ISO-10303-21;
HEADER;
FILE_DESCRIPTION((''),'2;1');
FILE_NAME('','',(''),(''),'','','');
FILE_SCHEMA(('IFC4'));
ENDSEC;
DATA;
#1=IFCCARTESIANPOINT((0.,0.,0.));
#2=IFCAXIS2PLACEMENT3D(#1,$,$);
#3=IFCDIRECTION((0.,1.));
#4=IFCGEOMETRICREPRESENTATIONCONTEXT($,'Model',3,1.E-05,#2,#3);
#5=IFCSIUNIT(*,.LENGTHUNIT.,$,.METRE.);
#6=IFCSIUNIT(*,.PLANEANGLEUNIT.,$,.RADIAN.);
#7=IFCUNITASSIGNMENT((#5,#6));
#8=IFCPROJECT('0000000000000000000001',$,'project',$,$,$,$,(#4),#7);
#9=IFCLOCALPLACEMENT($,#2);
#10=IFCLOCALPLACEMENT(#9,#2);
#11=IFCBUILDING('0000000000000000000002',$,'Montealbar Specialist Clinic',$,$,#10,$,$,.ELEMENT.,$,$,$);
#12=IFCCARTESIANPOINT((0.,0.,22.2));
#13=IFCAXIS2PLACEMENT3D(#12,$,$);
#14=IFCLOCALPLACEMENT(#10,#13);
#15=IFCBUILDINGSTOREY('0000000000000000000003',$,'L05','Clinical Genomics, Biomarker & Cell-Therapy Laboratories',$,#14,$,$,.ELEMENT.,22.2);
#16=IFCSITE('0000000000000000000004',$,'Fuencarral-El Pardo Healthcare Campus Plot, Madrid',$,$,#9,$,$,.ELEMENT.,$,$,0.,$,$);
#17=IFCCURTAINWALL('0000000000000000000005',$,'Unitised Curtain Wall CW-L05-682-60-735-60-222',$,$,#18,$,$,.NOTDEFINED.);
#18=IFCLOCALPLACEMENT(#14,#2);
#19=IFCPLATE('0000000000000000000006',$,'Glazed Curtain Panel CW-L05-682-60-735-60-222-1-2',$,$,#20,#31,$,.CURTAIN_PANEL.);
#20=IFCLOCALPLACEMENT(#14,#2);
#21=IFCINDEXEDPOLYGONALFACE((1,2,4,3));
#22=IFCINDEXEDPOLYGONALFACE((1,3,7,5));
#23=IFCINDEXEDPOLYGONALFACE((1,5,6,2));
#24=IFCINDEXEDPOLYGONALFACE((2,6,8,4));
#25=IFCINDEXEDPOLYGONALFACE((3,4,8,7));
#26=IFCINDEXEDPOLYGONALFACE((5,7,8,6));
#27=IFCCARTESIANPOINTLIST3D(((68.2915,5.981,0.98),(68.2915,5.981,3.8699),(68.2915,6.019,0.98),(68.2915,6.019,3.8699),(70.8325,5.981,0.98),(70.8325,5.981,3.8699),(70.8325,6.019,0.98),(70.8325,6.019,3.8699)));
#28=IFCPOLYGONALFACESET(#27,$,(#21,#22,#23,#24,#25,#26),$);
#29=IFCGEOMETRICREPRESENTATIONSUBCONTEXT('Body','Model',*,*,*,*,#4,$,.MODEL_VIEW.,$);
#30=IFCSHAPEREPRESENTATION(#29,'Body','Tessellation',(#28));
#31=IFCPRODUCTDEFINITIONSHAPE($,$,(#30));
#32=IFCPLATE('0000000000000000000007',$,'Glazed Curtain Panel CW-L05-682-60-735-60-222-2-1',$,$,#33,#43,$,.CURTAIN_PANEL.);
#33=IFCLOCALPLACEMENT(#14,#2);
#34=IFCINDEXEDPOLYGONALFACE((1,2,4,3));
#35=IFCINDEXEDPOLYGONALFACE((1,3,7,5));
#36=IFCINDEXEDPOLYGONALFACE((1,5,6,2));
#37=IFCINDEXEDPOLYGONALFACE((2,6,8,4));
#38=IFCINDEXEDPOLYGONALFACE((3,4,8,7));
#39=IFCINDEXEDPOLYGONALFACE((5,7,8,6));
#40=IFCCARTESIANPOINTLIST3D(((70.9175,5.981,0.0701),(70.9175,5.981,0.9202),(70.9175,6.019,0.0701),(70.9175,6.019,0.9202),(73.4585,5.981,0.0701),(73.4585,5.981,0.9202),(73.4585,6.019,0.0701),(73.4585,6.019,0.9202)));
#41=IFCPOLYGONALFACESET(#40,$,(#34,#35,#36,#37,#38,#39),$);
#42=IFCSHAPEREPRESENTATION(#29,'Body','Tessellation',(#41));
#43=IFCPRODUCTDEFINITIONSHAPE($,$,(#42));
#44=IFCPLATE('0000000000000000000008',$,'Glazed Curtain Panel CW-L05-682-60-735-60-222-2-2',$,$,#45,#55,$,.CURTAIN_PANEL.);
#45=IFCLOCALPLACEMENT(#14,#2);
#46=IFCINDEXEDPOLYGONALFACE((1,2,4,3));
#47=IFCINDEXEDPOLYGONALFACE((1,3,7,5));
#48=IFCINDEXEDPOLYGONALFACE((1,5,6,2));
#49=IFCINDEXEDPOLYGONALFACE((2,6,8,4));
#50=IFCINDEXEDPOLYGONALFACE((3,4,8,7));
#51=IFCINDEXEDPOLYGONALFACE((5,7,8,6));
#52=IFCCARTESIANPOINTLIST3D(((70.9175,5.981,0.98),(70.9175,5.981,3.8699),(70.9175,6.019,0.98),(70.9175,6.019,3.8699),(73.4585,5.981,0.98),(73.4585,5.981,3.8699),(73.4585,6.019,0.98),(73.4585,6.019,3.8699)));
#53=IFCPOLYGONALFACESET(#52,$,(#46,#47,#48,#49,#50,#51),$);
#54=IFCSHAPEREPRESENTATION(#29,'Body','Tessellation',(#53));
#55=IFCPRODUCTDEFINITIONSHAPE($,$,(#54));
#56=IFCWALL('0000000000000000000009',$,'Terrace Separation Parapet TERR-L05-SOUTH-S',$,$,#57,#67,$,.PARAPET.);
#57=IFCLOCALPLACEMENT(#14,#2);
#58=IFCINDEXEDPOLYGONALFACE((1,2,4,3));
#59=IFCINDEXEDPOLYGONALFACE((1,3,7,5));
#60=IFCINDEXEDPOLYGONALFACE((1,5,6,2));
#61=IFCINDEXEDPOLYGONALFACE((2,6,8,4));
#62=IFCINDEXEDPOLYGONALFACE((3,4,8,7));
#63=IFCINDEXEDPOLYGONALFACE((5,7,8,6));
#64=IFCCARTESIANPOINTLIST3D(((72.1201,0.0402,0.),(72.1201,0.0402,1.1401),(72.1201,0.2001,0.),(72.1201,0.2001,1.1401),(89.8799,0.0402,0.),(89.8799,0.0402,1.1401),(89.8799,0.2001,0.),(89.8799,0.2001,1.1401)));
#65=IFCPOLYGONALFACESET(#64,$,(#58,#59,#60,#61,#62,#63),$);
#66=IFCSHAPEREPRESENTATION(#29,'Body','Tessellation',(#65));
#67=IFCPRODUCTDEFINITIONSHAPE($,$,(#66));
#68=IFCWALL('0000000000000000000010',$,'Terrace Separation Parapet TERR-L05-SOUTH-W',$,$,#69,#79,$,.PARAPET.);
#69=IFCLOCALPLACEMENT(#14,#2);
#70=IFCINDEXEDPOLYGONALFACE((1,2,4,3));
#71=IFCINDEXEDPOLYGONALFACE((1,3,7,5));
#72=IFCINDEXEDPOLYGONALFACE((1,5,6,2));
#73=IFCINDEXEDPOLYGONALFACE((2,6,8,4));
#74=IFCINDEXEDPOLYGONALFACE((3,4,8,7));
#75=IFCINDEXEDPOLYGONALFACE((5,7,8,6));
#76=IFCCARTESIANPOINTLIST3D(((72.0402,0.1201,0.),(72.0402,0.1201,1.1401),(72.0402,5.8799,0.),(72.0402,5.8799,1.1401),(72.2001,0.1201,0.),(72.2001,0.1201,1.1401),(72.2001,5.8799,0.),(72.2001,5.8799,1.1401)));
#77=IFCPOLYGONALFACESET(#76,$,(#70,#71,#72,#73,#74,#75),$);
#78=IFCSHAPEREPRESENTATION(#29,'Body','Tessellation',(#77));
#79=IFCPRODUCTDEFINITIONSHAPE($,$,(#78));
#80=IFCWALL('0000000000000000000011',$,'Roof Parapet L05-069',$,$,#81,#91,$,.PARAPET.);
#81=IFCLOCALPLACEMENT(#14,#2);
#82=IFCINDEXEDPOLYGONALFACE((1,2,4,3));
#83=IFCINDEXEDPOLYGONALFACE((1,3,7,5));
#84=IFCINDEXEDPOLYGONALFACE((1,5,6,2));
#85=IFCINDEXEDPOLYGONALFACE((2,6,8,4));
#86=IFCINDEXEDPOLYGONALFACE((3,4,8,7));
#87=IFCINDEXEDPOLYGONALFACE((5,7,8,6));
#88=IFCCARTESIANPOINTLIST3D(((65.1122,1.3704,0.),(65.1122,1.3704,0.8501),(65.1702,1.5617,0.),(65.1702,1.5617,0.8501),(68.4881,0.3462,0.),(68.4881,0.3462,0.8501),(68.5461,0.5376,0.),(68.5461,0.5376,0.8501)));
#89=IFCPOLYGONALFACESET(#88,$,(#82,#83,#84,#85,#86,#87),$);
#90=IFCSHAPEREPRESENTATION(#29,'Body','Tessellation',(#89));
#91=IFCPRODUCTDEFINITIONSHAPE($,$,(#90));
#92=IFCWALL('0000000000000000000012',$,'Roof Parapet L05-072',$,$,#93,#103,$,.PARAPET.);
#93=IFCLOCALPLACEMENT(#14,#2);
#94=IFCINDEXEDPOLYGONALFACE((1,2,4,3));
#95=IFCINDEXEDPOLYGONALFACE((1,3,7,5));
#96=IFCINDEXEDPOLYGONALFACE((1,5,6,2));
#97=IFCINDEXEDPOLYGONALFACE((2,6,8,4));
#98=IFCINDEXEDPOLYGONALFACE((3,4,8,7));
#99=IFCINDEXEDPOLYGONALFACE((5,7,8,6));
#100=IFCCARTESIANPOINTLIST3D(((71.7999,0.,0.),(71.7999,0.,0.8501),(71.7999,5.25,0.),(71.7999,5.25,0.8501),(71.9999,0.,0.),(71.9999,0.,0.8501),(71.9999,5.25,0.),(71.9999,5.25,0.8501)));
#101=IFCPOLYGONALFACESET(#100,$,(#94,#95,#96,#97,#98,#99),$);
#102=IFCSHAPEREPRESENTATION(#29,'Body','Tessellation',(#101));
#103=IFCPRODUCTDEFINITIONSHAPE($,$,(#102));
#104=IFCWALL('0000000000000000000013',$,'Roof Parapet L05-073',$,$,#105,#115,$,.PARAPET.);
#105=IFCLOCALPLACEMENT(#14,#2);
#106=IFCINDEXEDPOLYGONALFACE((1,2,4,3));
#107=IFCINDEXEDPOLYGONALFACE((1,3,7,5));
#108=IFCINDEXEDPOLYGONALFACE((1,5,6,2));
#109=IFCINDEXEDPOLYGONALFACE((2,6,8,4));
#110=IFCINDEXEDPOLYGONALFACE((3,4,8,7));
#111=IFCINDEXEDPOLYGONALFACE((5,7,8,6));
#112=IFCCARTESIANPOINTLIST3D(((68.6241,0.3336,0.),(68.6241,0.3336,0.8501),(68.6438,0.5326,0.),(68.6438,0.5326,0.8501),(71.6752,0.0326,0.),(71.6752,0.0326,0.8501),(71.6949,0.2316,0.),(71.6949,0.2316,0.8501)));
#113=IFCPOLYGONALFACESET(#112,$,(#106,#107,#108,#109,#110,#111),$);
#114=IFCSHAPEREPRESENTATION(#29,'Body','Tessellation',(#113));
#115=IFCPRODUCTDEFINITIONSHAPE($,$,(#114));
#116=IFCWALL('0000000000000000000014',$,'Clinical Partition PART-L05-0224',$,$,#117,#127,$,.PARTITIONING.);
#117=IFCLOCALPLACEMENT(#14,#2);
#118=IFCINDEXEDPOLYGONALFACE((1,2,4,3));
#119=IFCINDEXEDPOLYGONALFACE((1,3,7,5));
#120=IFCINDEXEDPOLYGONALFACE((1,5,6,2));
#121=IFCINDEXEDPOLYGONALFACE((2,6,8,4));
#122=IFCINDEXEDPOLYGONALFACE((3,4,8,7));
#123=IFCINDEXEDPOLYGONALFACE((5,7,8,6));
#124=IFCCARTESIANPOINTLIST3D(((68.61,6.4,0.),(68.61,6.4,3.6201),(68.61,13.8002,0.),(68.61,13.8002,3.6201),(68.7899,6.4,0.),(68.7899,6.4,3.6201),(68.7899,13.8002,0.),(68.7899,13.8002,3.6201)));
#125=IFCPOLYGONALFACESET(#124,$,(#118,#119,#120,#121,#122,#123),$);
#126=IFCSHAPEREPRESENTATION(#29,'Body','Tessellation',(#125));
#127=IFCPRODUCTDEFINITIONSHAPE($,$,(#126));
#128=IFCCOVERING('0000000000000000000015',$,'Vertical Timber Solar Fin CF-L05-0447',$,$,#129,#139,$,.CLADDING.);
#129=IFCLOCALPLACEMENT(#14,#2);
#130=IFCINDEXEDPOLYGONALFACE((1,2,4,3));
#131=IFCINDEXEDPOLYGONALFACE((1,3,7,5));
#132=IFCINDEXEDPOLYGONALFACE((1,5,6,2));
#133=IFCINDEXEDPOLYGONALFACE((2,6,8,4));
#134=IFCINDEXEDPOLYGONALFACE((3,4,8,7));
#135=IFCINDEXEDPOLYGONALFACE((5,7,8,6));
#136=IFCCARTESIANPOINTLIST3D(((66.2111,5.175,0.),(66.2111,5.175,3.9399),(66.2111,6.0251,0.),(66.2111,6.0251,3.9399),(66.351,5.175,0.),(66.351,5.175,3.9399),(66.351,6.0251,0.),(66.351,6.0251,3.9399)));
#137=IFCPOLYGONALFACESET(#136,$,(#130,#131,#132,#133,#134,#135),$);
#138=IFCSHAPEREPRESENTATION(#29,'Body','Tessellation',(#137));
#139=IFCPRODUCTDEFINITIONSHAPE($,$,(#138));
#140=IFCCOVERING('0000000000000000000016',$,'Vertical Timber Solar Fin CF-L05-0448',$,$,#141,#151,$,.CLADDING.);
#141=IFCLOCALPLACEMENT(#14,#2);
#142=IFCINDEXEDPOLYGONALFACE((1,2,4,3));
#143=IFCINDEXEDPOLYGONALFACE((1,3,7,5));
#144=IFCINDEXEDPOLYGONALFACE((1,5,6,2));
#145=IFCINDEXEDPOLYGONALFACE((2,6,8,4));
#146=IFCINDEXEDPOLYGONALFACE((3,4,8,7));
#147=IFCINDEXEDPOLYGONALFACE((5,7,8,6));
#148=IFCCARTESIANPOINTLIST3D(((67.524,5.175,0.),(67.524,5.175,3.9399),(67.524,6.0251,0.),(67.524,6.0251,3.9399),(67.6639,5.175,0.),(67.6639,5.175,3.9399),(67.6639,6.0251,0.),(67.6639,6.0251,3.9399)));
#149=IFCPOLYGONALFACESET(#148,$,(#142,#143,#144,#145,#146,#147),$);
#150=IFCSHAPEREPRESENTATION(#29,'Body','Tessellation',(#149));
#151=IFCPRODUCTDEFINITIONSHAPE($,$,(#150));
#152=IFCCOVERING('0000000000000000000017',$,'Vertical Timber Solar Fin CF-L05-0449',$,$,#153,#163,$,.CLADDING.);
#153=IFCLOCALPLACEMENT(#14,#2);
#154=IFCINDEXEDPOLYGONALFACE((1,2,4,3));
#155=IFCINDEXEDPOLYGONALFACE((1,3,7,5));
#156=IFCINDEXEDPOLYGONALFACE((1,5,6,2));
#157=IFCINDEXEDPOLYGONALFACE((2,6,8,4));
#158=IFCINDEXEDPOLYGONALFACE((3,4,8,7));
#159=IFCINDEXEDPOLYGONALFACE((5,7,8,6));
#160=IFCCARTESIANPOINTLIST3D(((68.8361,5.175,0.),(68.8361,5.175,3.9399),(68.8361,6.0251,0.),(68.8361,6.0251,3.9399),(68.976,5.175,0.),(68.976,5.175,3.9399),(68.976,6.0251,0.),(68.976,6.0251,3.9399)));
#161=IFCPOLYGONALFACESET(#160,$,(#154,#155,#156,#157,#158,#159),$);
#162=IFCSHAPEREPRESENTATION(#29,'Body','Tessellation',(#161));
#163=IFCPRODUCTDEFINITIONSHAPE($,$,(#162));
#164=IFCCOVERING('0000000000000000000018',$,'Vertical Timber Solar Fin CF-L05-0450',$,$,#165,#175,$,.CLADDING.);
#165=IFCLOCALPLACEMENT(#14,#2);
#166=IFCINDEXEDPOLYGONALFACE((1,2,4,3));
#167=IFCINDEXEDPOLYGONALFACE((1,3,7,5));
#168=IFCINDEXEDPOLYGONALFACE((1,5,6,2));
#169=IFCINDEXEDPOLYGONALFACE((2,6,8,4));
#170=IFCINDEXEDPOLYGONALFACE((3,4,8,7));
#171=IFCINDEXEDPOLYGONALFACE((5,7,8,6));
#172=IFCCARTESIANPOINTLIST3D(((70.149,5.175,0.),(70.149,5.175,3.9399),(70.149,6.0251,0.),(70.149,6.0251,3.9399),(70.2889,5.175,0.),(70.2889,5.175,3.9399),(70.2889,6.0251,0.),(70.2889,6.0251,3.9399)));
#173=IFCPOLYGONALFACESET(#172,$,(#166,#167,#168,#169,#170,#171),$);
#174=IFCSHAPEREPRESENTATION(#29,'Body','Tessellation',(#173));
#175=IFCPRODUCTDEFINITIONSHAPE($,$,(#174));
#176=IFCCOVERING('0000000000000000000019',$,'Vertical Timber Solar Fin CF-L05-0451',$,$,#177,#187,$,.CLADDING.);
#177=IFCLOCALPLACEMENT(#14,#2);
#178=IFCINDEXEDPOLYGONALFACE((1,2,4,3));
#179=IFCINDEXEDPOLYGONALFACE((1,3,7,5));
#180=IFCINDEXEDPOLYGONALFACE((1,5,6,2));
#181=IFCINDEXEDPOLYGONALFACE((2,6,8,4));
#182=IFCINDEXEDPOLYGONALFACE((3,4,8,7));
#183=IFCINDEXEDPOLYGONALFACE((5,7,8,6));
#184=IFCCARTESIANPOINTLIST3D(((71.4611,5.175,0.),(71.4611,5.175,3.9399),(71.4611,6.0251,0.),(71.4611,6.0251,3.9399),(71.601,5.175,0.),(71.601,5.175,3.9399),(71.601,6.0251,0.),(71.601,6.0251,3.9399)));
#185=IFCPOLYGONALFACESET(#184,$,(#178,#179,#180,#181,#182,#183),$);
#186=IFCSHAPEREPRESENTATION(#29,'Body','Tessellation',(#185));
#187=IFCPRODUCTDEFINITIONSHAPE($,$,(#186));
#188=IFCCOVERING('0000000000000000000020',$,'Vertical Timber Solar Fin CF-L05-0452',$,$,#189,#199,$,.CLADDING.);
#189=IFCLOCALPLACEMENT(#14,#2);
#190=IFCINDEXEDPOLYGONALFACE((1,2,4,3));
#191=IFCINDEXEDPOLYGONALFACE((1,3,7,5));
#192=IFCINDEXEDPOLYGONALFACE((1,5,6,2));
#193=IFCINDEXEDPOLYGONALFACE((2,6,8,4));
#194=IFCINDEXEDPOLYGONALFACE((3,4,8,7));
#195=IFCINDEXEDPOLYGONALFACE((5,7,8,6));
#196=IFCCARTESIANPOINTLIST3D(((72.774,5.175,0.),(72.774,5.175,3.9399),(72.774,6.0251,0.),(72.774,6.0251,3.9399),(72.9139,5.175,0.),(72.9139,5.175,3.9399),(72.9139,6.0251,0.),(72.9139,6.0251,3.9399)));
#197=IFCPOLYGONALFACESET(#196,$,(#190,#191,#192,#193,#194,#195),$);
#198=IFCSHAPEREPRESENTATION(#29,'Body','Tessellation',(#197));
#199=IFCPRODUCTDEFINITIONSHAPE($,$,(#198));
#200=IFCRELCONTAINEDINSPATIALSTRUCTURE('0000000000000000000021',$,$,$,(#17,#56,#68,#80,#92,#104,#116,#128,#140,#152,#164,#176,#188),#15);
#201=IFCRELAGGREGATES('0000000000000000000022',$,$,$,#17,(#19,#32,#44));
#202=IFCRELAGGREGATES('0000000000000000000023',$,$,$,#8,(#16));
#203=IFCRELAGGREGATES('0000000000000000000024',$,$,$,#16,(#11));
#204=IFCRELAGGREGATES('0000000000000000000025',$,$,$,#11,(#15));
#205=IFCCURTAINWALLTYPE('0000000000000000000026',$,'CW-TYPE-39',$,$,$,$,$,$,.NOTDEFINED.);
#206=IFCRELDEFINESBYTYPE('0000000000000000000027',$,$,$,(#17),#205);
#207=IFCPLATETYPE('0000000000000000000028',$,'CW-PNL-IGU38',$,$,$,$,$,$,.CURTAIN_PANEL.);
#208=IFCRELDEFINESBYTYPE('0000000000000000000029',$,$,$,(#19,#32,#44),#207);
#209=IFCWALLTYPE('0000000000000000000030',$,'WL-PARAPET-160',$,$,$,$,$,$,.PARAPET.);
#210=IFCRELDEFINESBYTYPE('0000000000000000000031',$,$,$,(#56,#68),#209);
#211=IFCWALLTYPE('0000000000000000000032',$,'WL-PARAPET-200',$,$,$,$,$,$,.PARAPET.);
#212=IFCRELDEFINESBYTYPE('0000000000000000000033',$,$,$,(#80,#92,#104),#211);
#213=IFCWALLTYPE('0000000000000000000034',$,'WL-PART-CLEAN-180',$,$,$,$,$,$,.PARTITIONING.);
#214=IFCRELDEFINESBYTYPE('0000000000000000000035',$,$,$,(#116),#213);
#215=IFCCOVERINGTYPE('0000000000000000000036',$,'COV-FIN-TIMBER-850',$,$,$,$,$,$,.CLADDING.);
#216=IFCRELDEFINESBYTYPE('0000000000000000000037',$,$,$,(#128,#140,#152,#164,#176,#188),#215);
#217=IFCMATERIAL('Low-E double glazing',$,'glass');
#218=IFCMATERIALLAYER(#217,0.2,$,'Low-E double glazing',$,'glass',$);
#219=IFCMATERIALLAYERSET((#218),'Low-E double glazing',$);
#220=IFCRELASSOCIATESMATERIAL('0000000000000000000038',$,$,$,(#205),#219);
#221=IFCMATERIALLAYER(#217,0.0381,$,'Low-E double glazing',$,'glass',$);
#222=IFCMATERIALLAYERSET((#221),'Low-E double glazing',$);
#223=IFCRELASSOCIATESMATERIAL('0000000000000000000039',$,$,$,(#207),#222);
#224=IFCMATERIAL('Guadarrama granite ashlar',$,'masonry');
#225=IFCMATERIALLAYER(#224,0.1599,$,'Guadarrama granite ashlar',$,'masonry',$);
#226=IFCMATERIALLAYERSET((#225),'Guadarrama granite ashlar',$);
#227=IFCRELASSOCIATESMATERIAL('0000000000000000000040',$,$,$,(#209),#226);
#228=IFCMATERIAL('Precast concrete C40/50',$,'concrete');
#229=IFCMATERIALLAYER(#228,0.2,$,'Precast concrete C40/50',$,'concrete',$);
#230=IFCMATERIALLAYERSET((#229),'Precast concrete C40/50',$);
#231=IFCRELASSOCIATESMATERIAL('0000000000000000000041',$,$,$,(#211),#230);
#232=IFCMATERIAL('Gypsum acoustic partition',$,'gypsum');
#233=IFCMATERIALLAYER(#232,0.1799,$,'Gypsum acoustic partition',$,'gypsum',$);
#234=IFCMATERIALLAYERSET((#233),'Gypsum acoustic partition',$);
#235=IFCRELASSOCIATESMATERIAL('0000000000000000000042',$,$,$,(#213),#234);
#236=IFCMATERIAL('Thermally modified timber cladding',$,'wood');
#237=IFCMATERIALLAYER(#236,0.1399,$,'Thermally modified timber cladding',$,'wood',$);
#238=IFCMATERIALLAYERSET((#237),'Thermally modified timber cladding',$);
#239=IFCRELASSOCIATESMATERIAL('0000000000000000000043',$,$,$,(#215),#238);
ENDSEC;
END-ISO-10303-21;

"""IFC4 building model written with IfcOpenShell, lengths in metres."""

from ifc_helpers import new_model, si_unit, direction, frame, frame_2d, origin, origin_2d, place, context, subcontext, project, spatial, rectangle, extrude, material, layer, layer_set, type_object, element, aggregate, save


model = new_model("IFC4")

# Units and contexts
model_context = context("Model", 3, precision=1e-05, world=origin(), true_north=direction((0.0, 1.0)))
body_context = subcontext(model_context, "Body", "Model", "MODEL_VIEW")
ifc_project = project(units=[si_unit("LENGTHUNIT", "METRE"), si_unit("PLANEANGLEUNIT", "RADIAN")], contexts=[model_context])

# Site, building, storey
site_placement = place(None, origin())
site = spatial("IfcSite", under=ifc_project, at=site_placement, Name="Fuencarral-El Pardo Healthcare Campus Plot, Madrid", CompositionType="ELEMENT", RefElevation=0.0)
building_placement = place(site_placement, origin())
building = spatial("IfcBuilding", under=site, at=building_placement, Name="Montealbar Specialist Clinic", CompositionType="ELEMENT")
storey_placement = place(building_placement, frame((0.0, 0.0, 22.2)))
storey = spatial("IfcBuildingStorey", under=building, at=storey_placement, Name="L05", Description="Clinical Genomics, Biomarker & Cell-Therapy Laboratories", CompositionType="ELEMENT", Elevation=22.2)

# Shared definitions
ifc_material_1 = material(Name="Low-E double glazing", Category="glass")
ifc_layer_1 = layer(ifc_material_1, 0.2, Name="Low-E double glazing", Category="glass")
ifc_layer_set_1 = layer_set([ifc_layer_1], Name="Low-E double glazing")
curtain_wall_type = type_object("IfcCurtainWallType", Name="CW-TYPE-39", PredefinedType="NOTDEFINED", material=ifc_layer_set_1)

# Curtain wall
curtain_wall_1_placement = place(storey_placement, origin())
curtain_wall_1 = element("IfcCurtainWall", 1, at=curtain_wall_1_placement, inside=storey, type_object=curtain_wall_type, Name="Unitised Curtain Wall CW-L05-682-60-735-60-222", PredefinedType="NOTDEFINED")

# Plates
ifc_layer_2 = layer(ifc_material_1, 0.0381, Name="Low-E double glazing", Category="glass")
ifc_layer_set_2 = layer_set([ifc_layer_2], Name="Low-E double glazing")
plate_type = type_object("IfcPlateType", Name="CW-PNL-IGU38", PredefinedType="CURTAIN_PANEL", material=ifc_layer_set_2)
plate_1_placement = place(storey_placement, frame((69.562, 6.0, 0.98), z_axis=(0.0, 0.0, 1.0), x_axis=(1.0, 0.0, 0.0)))
plate_1 = element("IfcPlate", 2, at=plate_1_placement, type_object=plate_type, Name="Glazed Curtain Panel CW-L05-682-60-735-60-222-1-2", PredefinedType="CURTAIN_PANEL", context=body_context, shape_type="SweptSolid", body=[
    extrude(rectangle(XDim=2.541, YDim=0.0381, at=origin_2d()), origin(), (0.0, 0.0, 1.0), 2.8899),
])
plate_2_placement = place(storey_placement, frame((72.188, 6.0, 0.0701), z_axis=(0.0, 0.0, 1.0), x_axis=(1.0, 0.0, 0.0)))
plate_2 = element("IfcPlate", 3, at=plate_2_placement, type_object=plate_type, Name="Glazed Curtain Panel CW-L05-682-60-735-60-222-2-1", PredefinedType="CURTAIN_PANEL", context=body_context, shape_type="SweptSolid", body=[
    extrude(rectangle(XDim=2.541, YDim=0.0381, at=origin_2d()), origin(), (0.0, 0.0, 1.0), 0.8501),
])
plate_3_placement = place(storey_placement, frame((72.188, 6.0, 0.98), z_axis=(0.0, 0.0, 1.0), x_axis=(1.0, 0.0, 0.0)))
plate_3 = element("IfcPlate", 4, at=plate_3_placement, type_object=plate_type, Name="Glazed Curtain Panel CW-L05-682-60-735-60-222-2-2", PredefinedType="CURTAIN_PANEL", context=body_context, shape_type="SweptSolid", body=[
    extrude(rectangle(XDim=2.541, YDim=0.0381, at=origin_2d()), origin(), (0.0, 0.0, 1.0), 2.8899),
])
aggregate(curtain_wall_1, [plate_1, plate_2, plate_3])

# Walls
ifc_material_2 = material(Name="Guadarrama granite ashlar", Category="masonry")
ifc_layer_3 = layer(ifc_material_2, 0.1599, Name="Guadarrama granite ashlar", Category="masonry")
ifc_layer_set_3 = layer_set([ifc_layer_3], Name="Guadarrama granite ashlar")
wall_type_1 = type_object("IfcWallType", Name="WL-PARAPET-160", PredefinedType="PARAPET", material=ifc_layer_set_3)
wall_1_placement = place(storey_placement, frame((72.1201, 0.1201, 0.0), z_axis=(0.0, 0.0, 1.0), x_axis=(1.0, 0.0, 0.0)))
element("IfcWall", 5, at=wall_1_placement, inside=storey, type_object=wall_type_1, Name="Terrace Separation Parapet TERR-L05-SOUTH-S", PredefinedType="PARAPET", context=body_context, shape_type="SweptSolid", body=[
    extrude(rectangle(XDim=17.7598, YDim=0.1599, at=frame_2d((8.8799, 0.0))), origin(), (0.0, 0.0, 1.0), 1.1401),
])
wall_2_placement = place(storey_placement, frame((72.1201, 0.1201, 0.0), z_axis=(0.0, 0.0, 1.0), x_axis=(0.0, 1.0, 0.0)))
element("IfcWall", 6, at=wall_2_placement, inside=storey, type_object=wall_type_1, Name="Terrace Separation Parapet TERR-L05-SOUTH-W", PredefinedType="PARAPET", context=body_context, shape_type="SweptSolid", body=[
    extrude(rectangle(XDim=5.7598, YDim=0.1599, at=frame_2d((2.8799, 0.0))), origin(), (0.0, 0.0, 1.0), 1.1401),
])
ifc_material_3 = material(Name="Precast concrete C40/50", Category="concrete")
ifc_layer_4 = layer(ifc_material_3, 0.2, Name="Precast concrete C40/50", Category="concrete")
ifc_layer_set_4 = layer_set([ifc_layer_4], Name="Precast concrete C40/50")
wall_type_2 = type_object("IfcWallType", Name="WL-PARAPET-200", PredefinedType="PARAPET", material=ifc_layer_set_4)
wall_3_placement = place(storey_placement, frame((68.5171, 0.4419, 0.0), z_axis=(0.0, 0.0, 1.0), x_axis=(-0.956934, 0.290305, 0.0)))
element("IfcWall", 7, at=wall_3_placement, inside=storey, type_object=wall_type_2, Name="Roof Parapet L05-069", PredefinedType="PARAPET", context=body_context, shape_type="SweptSolid", body=[
    extrude(rectangle(XDim=3.5278, YDim=0.2, at=frame_2d((1.7639, 0.0))), origin(), (0.0, 0.0, 1.0), 0.8501),
])
wall_4_placement = place(storey_placement, frame((71.8999, 5.25, 0.0), z_axis=(0.0, 0.0, 1.0), x_axis=(0.0, -1.0, 0.0)))
element("IfcWall", 8, at=wall_4_placement, inside=storey, type_object=wall_type_2, Name="Roof Parapet L05-072", PredefinedType="PARAPET", context=body_context, shape_type="SweptSolid", body=[
    extrude(rectangle(XDim=5.25, YDim=0.2, at=frame_2d((2.625, 0.0))), origin(), (0.0, 0.0, 1.0), 0.8501),
])
wall_5_placement = place(storey_placement, frame((71.6851, 0.1321, 0.0), z_axis=(0.0, 0.0, 1.0), x_axis=(-0.995168, 0.098187, 0.0)))
element("IfcWall", 9, at=wall_5_placement, inside=storey, type_object=wall_type_2, Name="Roof Parapet L05-073", PredefinedType="PARAPET", context=body_context, shape_type="SweptSolid", body=[
    extrude(rectangle(XDim=3.0659, YDim=0.2, at=frame_2d((1.533, 0.0))), origin(), (0.0, 0.0, 1.0), 0.8501),
])
ifc_material_4 = material(Name="Gypsum acoustic partition", Category="gypsum")
ifc_layer_5 = layer(ifc_material_4, 0.1799, Name="Gypsum acoustic partition", Category="gypsum")
ifc_layer_set_5 = layer_set([ifc_layer_5], Name="Gypsum acoustic partition")
wall_type_3 = type_object("IfcWallType", Name="WL-PART-CLEAN-180", PredefinedType="PARTITIONING", material=ifc_layer_set_5)
wall_6_placement = place(storey_placement, frame((68.7, 6.3999, 0.0), z_axis=(0.0, 0.0, 1.0), x_axis=(0.0, 1.0, 0.0)))
element("IfcWall", 10, at=wall_6_placement, inside=storey, type_object=wall_type_3, Name="Clinical Partition PART-L05-0224", PredefinedType="PARTITIONING", context=body_context, shape_type="SweptSolid", body=[
    extrude(rectangle(XDim=7.4001, YDim=0.1799, at=frame_2d((3.7002, 0.0))), origin(), (0.0, 0.0, 1.0), 3.6201),
])

# Coverings
ifc_material_5 = material(Name="Thermally modified timber cladding", Category="wood")
ifc_layer_6 = layer(ifc_material_5, 0.1399, Name="Thermally modified timber cladding", Category="wood")
ifc_layer_set_6 = layer_set([ifc_layer_6], Name="Thermally modified timber cladding")
covering_type = type_object("IfcCoveringType", Name="COV-FIN-TIMBER-850", PredefinedType="CLADDING", material=ifc_layer_set_6)
for number, where, z_axis, x_axis, name in (
    (11, (66.281, 5.6001, 0.0), (0.0, 0.0, 1.0), (0.0, -1.0, 0.0), "Vertical Timber Solar Fin CF-L05-0447"),
    (12, (67.594, 5.6001, 0.0), (0.0, 0.0, 1.0), (0.0, -1.0, 0.0), "Vertical Timber Solar Fin CF-L05-0448"),
    (13, (68.906, 5.6001, 0.0), (0.0, 0.0, 1.0), (0.0, -1.0, 0.0), "Vertical Timber Solar Fin CF-L05-0449"),
    (14, (70.219, 5.6001, 0.0), (0.0, 0.0, 1.0), (0.0, -1.0, 0.0), "Vertical Timber Solar Fin CF-L05-0450"),
    (15, (71.531, 5.6001, 0.0), (0.0, 0.0, 1.0), (0.0, -1.0, 0.0), "Vertical Timber Solar Fin CF-L05-0451"),
    (16, (72.844, 5.6001, 0.0), (0.0, 0.0, 1.0), (0.0, -1.0, 0.0), "Vertical Timber Solar Fin CF-L05-0452"),
):
    element("IfcCovering", number, at=place(storey_placement, frame(where, z_axis=z_axis, x_axis=x_axis)), inside=storey, type_object=covering_type, Name=name, PredefinedType="CLADDING", context=body_context, shape_type="SweptSolid", body=[
        extrude(rectangle(XDim=0.8501, YDim=0.1399, at=origin_2d()), origin(), (0.0, 0.0, 1.0), 3.9399),
    ])

save(model, "model.ifc")
